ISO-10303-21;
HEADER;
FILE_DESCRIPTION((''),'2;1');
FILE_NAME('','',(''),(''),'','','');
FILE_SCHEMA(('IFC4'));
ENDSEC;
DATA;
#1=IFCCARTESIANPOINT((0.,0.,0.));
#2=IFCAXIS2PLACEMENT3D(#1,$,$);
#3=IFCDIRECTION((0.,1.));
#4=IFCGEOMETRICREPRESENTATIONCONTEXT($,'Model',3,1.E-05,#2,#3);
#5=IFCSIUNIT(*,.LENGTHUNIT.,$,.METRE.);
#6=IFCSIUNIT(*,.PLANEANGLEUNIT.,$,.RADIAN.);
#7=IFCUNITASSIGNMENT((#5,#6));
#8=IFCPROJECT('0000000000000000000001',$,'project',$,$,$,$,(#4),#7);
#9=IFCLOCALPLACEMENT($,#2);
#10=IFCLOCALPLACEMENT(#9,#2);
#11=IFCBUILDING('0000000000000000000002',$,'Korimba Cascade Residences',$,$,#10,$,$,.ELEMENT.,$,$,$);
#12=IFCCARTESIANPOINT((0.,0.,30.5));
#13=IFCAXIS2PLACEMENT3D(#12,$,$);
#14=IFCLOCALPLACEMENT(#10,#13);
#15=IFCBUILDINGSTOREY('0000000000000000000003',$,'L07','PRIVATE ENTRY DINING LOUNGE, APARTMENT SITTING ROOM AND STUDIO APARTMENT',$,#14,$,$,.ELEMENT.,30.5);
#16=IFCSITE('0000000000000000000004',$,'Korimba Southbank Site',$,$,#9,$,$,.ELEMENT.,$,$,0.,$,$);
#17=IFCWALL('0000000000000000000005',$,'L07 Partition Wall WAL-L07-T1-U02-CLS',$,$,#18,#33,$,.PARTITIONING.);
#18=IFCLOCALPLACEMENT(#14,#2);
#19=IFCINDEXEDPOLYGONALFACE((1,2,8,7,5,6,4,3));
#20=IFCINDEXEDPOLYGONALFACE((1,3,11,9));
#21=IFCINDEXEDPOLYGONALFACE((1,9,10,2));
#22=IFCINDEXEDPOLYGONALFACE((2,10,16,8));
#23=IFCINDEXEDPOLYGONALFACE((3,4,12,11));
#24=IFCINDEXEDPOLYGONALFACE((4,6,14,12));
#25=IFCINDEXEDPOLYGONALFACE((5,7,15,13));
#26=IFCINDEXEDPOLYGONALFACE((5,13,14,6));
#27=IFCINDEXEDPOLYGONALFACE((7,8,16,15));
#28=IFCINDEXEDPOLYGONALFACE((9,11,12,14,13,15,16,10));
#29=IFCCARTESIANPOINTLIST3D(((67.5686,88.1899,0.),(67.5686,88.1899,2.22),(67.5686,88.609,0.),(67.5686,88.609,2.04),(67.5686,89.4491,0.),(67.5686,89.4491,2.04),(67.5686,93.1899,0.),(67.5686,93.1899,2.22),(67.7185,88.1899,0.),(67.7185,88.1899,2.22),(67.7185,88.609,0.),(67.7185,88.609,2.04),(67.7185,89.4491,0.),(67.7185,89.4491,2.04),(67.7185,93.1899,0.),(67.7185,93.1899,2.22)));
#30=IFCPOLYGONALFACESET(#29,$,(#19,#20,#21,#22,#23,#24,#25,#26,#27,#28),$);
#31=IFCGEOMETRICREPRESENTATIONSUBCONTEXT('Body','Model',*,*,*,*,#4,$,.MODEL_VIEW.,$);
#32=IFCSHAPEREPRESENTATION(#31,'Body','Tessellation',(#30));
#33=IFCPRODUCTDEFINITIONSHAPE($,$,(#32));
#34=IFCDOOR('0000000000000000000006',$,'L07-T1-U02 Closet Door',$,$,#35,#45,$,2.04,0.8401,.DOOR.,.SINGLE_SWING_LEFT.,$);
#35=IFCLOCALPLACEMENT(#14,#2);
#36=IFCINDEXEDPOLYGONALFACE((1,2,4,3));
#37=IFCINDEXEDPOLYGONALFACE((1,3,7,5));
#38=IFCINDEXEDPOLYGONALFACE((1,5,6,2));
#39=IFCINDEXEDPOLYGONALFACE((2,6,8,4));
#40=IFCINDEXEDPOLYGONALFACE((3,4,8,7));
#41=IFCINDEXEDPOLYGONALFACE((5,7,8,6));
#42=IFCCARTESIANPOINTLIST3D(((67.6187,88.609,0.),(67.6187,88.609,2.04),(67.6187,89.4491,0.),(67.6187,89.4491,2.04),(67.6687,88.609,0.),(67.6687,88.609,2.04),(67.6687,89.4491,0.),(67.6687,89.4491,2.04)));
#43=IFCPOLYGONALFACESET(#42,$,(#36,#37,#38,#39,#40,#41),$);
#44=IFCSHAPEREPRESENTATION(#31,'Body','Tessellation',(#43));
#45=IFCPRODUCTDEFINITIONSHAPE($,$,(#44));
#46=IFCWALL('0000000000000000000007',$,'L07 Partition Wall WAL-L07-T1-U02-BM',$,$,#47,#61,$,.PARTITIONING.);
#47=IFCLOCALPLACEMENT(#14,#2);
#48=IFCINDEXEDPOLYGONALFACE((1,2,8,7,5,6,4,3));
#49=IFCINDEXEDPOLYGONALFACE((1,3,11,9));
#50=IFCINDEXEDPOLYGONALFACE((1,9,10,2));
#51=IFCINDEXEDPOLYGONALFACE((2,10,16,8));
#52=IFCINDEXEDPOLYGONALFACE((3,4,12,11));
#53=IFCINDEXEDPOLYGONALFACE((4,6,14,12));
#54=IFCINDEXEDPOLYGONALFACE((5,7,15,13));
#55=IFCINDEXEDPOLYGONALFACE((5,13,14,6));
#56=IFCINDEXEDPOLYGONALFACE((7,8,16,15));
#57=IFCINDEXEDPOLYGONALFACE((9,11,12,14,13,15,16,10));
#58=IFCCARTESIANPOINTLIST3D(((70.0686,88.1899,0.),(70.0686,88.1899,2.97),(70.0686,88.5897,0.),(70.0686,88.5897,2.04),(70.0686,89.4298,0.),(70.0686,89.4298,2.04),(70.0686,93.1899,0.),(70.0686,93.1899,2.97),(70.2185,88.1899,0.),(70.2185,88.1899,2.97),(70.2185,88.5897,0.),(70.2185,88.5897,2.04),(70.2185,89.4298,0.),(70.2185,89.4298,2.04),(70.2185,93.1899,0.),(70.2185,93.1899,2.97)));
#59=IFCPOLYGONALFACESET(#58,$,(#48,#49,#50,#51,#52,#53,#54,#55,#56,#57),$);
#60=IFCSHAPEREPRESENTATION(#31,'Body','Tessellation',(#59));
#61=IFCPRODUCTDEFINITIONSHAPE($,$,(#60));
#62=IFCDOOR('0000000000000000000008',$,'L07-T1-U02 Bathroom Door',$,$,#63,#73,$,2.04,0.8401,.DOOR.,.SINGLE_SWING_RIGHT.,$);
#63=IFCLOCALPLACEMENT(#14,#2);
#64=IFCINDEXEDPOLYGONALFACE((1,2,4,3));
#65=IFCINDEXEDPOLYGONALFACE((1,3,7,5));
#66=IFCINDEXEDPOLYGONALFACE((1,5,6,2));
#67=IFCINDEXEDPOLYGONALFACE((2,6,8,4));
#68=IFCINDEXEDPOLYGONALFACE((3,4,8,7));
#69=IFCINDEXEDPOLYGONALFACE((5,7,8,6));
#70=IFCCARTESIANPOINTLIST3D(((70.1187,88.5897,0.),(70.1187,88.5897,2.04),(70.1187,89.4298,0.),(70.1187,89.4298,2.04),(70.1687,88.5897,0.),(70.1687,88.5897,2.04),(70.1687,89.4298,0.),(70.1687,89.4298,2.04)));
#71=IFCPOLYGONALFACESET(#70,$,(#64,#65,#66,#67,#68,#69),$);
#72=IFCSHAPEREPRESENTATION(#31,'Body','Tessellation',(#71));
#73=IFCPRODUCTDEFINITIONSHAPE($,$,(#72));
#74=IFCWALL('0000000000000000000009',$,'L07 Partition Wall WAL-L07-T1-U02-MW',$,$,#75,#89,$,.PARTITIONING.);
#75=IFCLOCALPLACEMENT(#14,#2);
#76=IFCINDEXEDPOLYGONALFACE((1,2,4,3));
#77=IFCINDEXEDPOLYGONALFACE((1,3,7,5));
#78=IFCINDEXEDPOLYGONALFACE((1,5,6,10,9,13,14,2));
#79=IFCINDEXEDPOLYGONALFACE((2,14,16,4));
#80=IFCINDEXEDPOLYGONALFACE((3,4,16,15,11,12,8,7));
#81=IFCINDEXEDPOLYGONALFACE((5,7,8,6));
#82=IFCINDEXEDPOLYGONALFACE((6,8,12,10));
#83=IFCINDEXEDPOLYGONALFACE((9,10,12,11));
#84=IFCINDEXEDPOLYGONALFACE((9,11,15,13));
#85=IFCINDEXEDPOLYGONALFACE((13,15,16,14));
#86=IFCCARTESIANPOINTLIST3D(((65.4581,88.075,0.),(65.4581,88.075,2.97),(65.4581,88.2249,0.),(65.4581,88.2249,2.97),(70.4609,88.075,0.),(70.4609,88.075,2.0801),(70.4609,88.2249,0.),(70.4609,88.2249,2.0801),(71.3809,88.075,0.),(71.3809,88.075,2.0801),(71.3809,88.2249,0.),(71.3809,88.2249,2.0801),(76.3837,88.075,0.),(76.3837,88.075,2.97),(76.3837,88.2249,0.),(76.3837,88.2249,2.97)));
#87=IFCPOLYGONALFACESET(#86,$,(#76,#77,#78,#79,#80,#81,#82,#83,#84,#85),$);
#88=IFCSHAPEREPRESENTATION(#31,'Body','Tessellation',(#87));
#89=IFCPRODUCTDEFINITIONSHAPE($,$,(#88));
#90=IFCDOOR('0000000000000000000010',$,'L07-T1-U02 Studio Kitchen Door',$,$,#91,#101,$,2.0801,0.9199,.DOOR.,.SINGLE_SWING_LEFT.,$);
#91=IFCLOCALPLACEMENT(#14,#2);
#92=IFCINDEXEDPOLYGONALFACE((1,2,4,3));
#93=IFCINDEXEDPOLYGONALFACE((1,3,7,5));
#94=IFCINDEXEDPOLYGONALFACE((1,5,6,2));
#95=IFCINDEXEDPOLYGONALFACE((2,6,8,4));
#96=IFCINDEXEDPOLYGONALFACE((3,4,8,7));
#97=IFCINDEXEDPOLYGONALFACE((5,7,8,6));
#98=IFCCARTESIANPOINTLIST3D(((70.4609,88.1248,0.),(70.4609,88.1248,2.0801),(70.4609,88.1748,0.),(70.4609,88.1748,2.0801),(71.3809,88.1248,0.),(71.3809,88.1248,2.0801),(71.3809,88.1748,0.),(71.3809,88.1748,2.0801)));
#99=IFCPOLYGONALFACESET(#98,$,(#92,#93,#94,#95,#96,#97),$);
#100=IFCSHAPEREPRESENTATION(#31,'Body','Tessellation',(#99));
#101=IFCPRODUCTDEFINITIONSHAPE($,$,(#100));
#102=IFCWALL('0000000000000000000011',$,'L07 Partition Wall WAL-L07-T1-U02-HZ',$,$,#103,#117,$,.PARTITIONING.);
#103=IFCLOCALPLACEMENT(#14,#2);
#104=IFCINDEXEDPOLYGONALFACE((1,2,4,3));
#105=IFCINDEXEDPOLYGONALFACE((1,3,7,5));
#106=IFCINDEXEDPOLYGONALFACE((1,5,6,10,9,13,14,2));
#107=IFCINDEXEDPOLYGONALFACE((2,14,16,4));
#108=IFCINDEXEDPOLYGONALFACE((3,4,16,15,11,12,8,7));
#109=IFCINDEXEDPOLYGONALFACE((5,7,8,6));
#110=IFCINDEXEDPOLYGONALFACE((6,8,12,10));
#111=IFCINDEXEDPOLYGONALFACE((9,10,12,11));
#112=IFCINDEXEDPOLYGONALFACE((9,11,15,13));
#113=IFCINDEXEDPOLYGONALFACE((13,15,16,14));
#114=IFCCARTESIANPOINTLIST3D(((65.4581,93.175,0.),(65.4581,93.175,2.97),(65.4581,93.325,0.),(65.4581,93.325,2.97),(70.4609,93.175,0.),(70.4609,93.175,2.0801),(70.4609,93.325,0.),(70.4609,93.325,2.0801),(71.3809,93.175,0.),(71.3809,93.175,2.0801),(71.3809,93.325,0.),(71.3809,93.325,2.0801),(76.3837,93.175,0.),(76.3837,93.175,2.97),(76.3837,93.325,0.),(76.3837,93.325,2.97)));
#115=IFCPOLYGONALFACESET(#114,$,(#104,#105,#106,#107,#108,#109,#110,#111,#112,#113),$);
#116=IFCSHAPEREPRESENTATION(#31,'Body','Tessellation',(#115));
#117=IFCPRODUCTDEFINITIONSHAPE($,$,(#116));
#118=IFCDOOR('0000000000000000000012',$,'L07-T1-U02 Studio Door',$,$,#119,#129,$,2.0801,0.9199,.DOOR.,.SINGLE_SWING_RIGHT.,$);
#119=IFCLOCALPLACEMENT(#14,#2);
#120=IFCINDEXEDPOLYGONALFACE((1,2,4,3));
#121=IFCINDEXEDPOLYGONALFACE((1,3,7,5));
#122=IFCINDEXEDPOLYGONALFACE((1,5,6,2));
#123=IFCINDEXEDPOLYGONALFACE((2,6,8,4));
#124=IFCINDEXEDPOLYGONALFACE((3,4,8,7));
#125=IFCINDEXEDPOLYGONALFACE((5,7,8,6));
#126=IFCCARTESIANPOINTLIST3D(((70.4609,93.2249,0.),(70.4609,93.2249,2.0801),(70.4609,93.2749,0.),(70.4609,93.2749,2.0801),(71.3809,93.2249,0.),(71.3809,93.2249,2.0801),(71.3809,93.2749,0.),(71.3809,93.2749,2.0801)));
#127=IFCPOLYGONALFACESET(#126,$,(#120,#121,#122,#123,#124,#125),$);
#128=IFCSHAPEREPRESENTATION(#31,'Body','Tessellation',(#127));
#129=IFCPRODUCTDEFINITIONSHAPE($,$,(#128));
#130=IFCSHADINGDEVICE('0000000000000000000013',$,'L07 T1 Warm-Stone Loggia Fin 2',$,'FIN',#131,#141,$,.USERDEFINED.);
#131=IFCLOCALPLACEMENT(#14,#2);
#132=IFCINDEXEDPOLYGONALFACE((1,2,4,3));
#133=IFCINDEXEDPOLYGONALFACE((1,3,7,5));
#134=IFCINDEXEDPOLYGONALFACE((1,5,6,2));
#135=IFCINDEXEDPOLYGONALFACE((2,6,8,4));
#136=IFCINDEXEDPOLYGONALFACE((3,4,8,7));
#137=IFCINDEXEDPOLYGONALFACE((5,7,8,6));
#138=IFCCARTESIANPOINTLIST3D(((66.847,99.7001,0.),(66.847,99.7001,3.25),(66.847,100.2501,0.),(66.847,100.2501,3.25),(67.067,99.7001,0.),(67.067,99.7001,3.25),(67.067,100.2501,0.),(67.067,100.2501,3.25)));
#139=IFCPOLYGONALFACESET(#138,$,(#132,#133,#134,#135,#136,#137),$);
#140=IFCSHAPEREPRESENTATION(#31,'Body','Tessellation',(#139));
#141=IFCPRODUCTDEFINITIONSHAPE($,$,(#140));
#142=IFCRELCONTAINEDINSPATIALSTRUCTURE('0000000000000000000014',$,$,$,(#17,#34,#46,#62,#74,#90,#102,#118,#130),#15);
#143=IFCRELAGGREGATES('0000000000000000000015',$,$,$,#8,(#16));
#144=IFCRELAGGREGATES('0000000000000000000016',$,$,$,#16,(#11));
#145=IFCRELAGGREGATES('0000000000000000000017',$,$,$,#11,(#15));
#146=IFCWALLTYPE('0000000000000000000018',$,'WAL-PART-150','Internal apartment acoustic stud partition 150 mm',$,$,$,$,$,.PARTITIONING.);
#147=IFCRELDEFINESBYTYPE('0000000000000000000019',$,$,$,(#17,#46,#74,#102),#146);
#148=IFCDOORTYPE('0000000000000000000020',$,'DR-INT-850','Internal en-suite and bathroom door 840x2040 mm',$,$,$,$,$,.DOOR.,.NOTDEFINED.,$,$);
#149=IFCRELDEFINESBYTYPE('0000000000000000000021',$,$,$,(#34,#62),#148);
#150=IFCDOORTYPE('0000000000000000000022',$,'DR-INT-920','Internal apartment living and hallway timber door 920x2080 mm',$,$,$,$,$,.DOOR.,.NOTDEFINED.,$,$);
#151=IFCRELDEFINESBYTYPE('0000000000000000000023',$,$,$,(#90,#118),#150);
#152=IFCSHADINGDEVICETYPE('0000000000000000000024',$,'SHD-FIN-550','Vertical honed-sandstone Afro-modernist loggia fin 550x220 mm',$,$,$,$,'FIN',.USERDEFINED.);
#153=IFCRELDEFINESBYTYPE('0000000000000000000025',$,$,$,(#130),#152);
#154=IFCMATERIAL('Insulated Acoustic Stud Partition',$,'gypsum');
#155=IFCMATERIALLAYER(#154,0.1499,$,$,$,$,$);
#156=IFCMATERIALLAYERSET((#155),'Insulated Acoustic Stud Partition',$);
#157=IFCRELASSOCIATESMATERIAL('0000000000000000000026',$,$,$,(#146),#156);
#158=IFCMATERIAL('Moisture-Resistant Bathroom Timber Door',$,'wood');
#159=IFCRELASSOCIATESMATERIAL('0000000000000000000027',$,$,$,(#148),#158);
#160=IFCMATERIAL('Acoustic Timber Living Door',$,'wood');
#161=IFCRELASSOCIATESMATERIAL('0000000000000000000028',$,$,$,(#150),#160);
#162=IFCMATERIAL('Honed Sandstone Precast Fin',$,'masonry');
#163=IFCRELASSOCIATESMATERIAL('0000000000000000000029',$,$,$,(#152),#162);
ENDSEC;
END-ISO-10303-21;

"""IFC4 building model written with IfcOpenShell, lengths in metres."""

from ifc_helpers import new_model, si_unit, direction, frame, frame_2d, origin, origin_2d, place, context, subcontext, project, spatial, rectangle, extrude, material, layer, layer_set, type_object, element, fill, save


model = new_model("IFC4")

# Units and contexts
model_context = context("Model", 3, precision=1e-05, world=origin(), true_north=direction((0.0, 1.0)))
body_context = subcontext(model_context, "Body", "Model", "MODEL_VIEW")
ifc_project = project(units=[si_unit("LENGTHUNIT", "METRE"), si_unit("PLANEANGLEUNIT", "RADIAN")], contexts=[model_context])

# Site, building, storey
site_placement = place(None, origin())
site = spatial("IfcSite", under=ifc_project, at=site_placement, Name="Korimba Southbank Site", CompositionType="ELEMENT", RefElevation=0.0)
building_placement = place(site_placement, origin())
building = spatial("IfcBuilding", under=site, at=building_placement, Name="Korimba Cascade Residences", CompositionType="ELEMENT")
storey_placement = place(building_placement, frame((0.0, 0.0, 30.5)))
storey = spatial("IfcBuildingStorey", under=building, at=storey_placement, Name="L07", Description="PRIVATE ENTRY DINING LOUNGE, APARTMENT SITTING ROOM AND STUDIO APARTMENT", CompositionType="ELEMENT", Elevation=30.5)

# Walls, openings, doors
ifc_material_1 = material(Name="Insulated Acoustic Stud Partition", Category="gypsum")
ifc_layer = layer(ifc_material_1, 0.1499)
ifc_layer_set = layer_set([ifc_layer], Name="Insulated Acoustic Stud Partition")
wall_type = type_object("IfcWallType", Name="WAL-PART-150", Description="Internal apartment acoustic stud partition 150 mm", PredefinedType="PARTITIONING", material=ifc_layer_set)
wall_1_placement = place(storey_placement, frame((67.6436, 88.1899, 0.0), z_axis=(0.0, 0.0, 1.0), x_axis=(0.0, 1.0, 0.0)))
wall_1 = element("IfcWall", 1, at=wall_1_placement, inside=storey, type_object=wall_type, Name="L07 Partition Wall WAL-L07-T1-U02-CLS", PredefinedType="PARTITIONING", context=body_context, shape_type="SweptSolid", body=[
    extrude(rectangle(XDim=5.0, YDim=0.1499, at=frame_2d((2.5, 0.0))), origin(), (0.0, 0.0, 1.0), 2.22),
])
opening_1_placement = place(wall_1_placement, frame((0.4192, 0.0, 0.0)))
opening_1 = element("IfcOpeningElement", 2, at=opening_1_placement, cuts=wall_1, PredefinedType="OPENING", context=body_context, shape_type="SweptSolid", body=[
    extrude(rectangle(XDim=0.8401, YDim=2.04, at=frame_2d((0.4199, 1.02))), frame((0.0, 0.085, 0.0), z_axis=(0.0, -1.0, 0.0), x_axis=(1.0, 0.0, 0.0)), (0.0, 0.0, 1.0), 0.1699),
])
ifc_material_2 = material(Name="Moisture-Resistant Bathroom Timber Door", Category="wood")
door_type_1 = type_object("IfcDoorType", Name="DR-INT-850", Description="Internal en-suite and bathroom door 840x2040 mm", OperationType="NOTDEFINED", PredefinedType="DOOR", material=ifc_material_2)
door_1_placement = place(opening_1_placement, origin())
door_1 = element("IfcDoor", 3, at=door_1_placement, inside=storey, type_object=door_type_1, Name="L07-T1-U02 Closet Door", OperationType="SINGLE_SWING_LEFT", OverallHeight=2.04, OverallWidth=0.8401, PredefinedType="DOOR", context=body_context, shape_type="SweptSolid", body=[
    extrude(rectangle(XDim=0.8401, YDim=2.04, at=frame_2d((0.4199, 1.02))), frame((0.0, 0.0249, 0.0), z_axis=(0.0, -1.0, 0.0), x_axis=(1.0, 0.0, 0.0)), (0.0, 0.0, 1.0), 0.05),
])
fill(opening_1, door_1)
wall_2_placement = place(storey_placement, frame((70.1436, 88.1899, 0.0), z_axis=(0.0, 0.0, 1.0), x_axis=(0.0, 1.0, 0.0)))
wall_2 = element("IfcWall", 4, at=wall_2_placement, inside=storey, type_object=wall_type, Name="L07 Partition Wall WAL-L07-T1-U02-BM", PredefinedType="PARTITIONING", context=body_context, shape_type="SweptSolid", body=[
    extrude(rectangle(XDim=5.0, YDim=0.1499, at=frame_2d((2.5, 0.0))), origin(), (0.0, 0.0, 1.0), 2.97),
])
opening_2_placement = place(wall_2_placement, frame((0.3999, 0.0, 0.0)))
opening_2 = element("IfcOpeningElement", 5, at=opening_2_placement, cuts=wall_2, PredefinedType="OPENING", context=body_context, shape_type="SweptSolid", body=[
    extrude(rectangle(XDim=0.8401, YDim=2.04, at=frame_2d((0.4199, 1.02))), frame((0.0, 0.085, 0.0), z_axis=(0.0, -1.0, 0.0), x_axis=(1.0, 0.0, 0.0)), (0.0, 0.0, 1.0), 0.1699),
])
door_2_placement = place(opening_2_placement, origin())
door_2 = element("IfcDoor", 6, at=door_2_placement, inside=storey, type_object=door_type_1, Name="L07-T1-U02 Bathroom Door", OperationType="SINGLE_SWING_RIGHT", OverallHeight=2.04, OverallWidth=0.8401, PredefinedType="DOOR", context=body_context, shape_type="SweptSolid", body=[
    extrude(rectangle(XDim=0.8401, YDim=2.04, at=frame_2d((0.4199, 1.02))), frame((0.0, 0.0249, 0.0), z_axis=(0.0, -1.0, 0.0), x_axis=(1.0, 0.0, 0.0)), (0.0, 0.0, 1.0), 0.05),
])
fill(opening_2, door_2)
wall_3_placement = place(storey_placement, frame((65.458, 88.1499, 0.0), z_axis=(0.0, 0.0, 1.0), x_axis=(1.0, 0.0, 0.0)))
wall_3 = element("IfcWall", 7, at=wall_3_placement, inside=storey, type_object=wall_type, Name="L07 Partition Wall WAL-L07-T1-U02-MW", PredefinedType="PARTITIONING", context=body_context, shape_type="SweptSolid", body=[
    extrude(rectangle(XDim=10.9255, YDim=0.1499, at=frame_2d((5.4629, 0.0))), origin(), (0.0, 0.0, 1.0), 2.97),
])
opening_3_placement = place(wall_3_placement, frame((5.0029, 0.0, 0.0)))
opening_3 = element("IfcOpeningElement", 8, at=opening_3_placement, cuts=wall_3, PredefinedType="OPENING", context=body_context, shape_type="SweptSolid", body=[
    extrude(rectangle(XDim=0.9199, YDim=2.0801, at=frame_2d((0.46, 1.04))), frame((0.0, 0.085, 0.0), z_axis=(0.0, -1.0, 0.0), x_axis=(1.0, 0.0, 0.0)), (0.0, 0.0, 1.0), 0.1699),
])
ifc_material_3 = material(Name="Acoustic Timber Living Door", Category="wood")
door_type_2 = type_object("IfcDoorType", Name="DR-INT-920", Description="Internal apartment living and hallway timber door 920x2080 mm", OperationType="NOTDEFINED", PredefinedType="DOOR", material=ifc_material_3)
door_3_placement = place(opening_3_placement, origin())
door_3 = element("IfcDoor", 9, at=door_3_placement, inside=storey, type_object=door_type_2, Name="L07-T1-U02 Studio Kitchen Door", OperationType="SINGLE_SWING_LEFT", OverallHeight=2.0801, OverallWidth=0.9199, PredefinedType="DOOR", context=body_context, shape_type="SweptSolid", body=[
    extrude(rectangle(XDim=0.9199, YDim=2.0801, at=frame_2d((0.46, 1.04))), frame((0.0, 0.0249, 0.0), z_axis=(0.0, -1.0, 0.0), x_axis=(1.0, 0.0, 0.0)), (0.0, 0.0, 1.0), 0.05),
])
fill(opening_3, door_3)
wall_4_placement = place(storey_placement, frame((65.458, 93.25, 0.0), z_axis=(0.0, 0.0, 1.0), x_axis=(1.0, 0.0, 0.0)))
wall_4 = element("IfcWall", 10, at=wall_4_placement, inside=storey, type_object=wall_type, Name="L07 Partition Wall WAL-L07-T1-U02-HZ", PredefinedType="PARTITIONING", context=body_context, shape_type="SweptSolid", body=[
    extrude(rectangle(XDim=10.9255, YDim=0.1499, at=frame_2d((5.4629, 0.0))), origin(), (0.0, 0.0, 1.0), 2.97),
])
opening_4_placement = place(wall_4_placement, frame((5.0029, 0.0, 0.0)))
opening_4 = element("IfcOpeningElement", 11, at=opening_4_placement, cuts=wall_4, PredefinedType="OPENING", context=body_context, shape_type="SweptSolid", body=[
    extrude(rectangle(XDim=0.9199, YDim=2.0801, at=frame_2d((0.46, 1.04))), frame((0.0, 0.085, 0.0), z_axis=(0.0, -1.0, 0.0), x_axis=(1.0, 0.0, 0.0)), (0.0, 0.0, 1.0), 0.1699),
])
door_4_placement = place(opening_4_placement, origin())
door_4 = element("IfcDoor", 12, at=door_4_placement, inside=storey, type_object=door_type_2, Name="L07-T1-U02 Studio Door", OperationType="SINGLE_SWING_RIGHT", OverallHeight=2.0801, OverallWidth=0.9199, PredefinedType="DOOR", context=body_context, shape_type="SweptSolid", body=[
    extrude(rectangle(XDim=0.9199, YDim=2.0801, at=frame_2d((0.46, 1.04))), frame((0.0, 0.0249, 0.0), z_axis=(0.0, -1.0, 0.0), x_axis=(1.0, 0.0, 0.0)), (0.0, 0.0, 1.0), 0.05),
])
fill(opening_4, door_4)

# Shading device
ifc_material_4 = material(Name="Honed Sandstone Precast Fin", Category="masonry")
shading_device_type = type_object("IfcShadingDeviceType", Name="SHD-FIN-550", Description="Vertical honed-sandstone Afro-modernist loggia fin 550x220 mm", ElementType="FIN", PredefinedType="USERDEFINED", material=ifc_material_4)
shading_device_placement = place(storey_placement, frame((66.957, 99.9751, 0.0), z_axis=(0.0, 0.0, 1.0), x_axis=(1.0, 0.0, 0.0)))
element("IfcShadingDevice", 13, at=shading_device_placement, inside=storey, type_object=shading_device_type, Name="L07 T1 Warm-Stone Loggia Fin 2", ObjectType="FIN", PredefinedType="USERDEFINED", context=body_context, shape_type="SweptSolid", body=[
    extrude(rectangle(XDim=0.22, YDim=0.55, at=origin_2d()), origin(), (0.0, 0.0, 1.0), 3.25),
])

save(model, "model.ifc")
